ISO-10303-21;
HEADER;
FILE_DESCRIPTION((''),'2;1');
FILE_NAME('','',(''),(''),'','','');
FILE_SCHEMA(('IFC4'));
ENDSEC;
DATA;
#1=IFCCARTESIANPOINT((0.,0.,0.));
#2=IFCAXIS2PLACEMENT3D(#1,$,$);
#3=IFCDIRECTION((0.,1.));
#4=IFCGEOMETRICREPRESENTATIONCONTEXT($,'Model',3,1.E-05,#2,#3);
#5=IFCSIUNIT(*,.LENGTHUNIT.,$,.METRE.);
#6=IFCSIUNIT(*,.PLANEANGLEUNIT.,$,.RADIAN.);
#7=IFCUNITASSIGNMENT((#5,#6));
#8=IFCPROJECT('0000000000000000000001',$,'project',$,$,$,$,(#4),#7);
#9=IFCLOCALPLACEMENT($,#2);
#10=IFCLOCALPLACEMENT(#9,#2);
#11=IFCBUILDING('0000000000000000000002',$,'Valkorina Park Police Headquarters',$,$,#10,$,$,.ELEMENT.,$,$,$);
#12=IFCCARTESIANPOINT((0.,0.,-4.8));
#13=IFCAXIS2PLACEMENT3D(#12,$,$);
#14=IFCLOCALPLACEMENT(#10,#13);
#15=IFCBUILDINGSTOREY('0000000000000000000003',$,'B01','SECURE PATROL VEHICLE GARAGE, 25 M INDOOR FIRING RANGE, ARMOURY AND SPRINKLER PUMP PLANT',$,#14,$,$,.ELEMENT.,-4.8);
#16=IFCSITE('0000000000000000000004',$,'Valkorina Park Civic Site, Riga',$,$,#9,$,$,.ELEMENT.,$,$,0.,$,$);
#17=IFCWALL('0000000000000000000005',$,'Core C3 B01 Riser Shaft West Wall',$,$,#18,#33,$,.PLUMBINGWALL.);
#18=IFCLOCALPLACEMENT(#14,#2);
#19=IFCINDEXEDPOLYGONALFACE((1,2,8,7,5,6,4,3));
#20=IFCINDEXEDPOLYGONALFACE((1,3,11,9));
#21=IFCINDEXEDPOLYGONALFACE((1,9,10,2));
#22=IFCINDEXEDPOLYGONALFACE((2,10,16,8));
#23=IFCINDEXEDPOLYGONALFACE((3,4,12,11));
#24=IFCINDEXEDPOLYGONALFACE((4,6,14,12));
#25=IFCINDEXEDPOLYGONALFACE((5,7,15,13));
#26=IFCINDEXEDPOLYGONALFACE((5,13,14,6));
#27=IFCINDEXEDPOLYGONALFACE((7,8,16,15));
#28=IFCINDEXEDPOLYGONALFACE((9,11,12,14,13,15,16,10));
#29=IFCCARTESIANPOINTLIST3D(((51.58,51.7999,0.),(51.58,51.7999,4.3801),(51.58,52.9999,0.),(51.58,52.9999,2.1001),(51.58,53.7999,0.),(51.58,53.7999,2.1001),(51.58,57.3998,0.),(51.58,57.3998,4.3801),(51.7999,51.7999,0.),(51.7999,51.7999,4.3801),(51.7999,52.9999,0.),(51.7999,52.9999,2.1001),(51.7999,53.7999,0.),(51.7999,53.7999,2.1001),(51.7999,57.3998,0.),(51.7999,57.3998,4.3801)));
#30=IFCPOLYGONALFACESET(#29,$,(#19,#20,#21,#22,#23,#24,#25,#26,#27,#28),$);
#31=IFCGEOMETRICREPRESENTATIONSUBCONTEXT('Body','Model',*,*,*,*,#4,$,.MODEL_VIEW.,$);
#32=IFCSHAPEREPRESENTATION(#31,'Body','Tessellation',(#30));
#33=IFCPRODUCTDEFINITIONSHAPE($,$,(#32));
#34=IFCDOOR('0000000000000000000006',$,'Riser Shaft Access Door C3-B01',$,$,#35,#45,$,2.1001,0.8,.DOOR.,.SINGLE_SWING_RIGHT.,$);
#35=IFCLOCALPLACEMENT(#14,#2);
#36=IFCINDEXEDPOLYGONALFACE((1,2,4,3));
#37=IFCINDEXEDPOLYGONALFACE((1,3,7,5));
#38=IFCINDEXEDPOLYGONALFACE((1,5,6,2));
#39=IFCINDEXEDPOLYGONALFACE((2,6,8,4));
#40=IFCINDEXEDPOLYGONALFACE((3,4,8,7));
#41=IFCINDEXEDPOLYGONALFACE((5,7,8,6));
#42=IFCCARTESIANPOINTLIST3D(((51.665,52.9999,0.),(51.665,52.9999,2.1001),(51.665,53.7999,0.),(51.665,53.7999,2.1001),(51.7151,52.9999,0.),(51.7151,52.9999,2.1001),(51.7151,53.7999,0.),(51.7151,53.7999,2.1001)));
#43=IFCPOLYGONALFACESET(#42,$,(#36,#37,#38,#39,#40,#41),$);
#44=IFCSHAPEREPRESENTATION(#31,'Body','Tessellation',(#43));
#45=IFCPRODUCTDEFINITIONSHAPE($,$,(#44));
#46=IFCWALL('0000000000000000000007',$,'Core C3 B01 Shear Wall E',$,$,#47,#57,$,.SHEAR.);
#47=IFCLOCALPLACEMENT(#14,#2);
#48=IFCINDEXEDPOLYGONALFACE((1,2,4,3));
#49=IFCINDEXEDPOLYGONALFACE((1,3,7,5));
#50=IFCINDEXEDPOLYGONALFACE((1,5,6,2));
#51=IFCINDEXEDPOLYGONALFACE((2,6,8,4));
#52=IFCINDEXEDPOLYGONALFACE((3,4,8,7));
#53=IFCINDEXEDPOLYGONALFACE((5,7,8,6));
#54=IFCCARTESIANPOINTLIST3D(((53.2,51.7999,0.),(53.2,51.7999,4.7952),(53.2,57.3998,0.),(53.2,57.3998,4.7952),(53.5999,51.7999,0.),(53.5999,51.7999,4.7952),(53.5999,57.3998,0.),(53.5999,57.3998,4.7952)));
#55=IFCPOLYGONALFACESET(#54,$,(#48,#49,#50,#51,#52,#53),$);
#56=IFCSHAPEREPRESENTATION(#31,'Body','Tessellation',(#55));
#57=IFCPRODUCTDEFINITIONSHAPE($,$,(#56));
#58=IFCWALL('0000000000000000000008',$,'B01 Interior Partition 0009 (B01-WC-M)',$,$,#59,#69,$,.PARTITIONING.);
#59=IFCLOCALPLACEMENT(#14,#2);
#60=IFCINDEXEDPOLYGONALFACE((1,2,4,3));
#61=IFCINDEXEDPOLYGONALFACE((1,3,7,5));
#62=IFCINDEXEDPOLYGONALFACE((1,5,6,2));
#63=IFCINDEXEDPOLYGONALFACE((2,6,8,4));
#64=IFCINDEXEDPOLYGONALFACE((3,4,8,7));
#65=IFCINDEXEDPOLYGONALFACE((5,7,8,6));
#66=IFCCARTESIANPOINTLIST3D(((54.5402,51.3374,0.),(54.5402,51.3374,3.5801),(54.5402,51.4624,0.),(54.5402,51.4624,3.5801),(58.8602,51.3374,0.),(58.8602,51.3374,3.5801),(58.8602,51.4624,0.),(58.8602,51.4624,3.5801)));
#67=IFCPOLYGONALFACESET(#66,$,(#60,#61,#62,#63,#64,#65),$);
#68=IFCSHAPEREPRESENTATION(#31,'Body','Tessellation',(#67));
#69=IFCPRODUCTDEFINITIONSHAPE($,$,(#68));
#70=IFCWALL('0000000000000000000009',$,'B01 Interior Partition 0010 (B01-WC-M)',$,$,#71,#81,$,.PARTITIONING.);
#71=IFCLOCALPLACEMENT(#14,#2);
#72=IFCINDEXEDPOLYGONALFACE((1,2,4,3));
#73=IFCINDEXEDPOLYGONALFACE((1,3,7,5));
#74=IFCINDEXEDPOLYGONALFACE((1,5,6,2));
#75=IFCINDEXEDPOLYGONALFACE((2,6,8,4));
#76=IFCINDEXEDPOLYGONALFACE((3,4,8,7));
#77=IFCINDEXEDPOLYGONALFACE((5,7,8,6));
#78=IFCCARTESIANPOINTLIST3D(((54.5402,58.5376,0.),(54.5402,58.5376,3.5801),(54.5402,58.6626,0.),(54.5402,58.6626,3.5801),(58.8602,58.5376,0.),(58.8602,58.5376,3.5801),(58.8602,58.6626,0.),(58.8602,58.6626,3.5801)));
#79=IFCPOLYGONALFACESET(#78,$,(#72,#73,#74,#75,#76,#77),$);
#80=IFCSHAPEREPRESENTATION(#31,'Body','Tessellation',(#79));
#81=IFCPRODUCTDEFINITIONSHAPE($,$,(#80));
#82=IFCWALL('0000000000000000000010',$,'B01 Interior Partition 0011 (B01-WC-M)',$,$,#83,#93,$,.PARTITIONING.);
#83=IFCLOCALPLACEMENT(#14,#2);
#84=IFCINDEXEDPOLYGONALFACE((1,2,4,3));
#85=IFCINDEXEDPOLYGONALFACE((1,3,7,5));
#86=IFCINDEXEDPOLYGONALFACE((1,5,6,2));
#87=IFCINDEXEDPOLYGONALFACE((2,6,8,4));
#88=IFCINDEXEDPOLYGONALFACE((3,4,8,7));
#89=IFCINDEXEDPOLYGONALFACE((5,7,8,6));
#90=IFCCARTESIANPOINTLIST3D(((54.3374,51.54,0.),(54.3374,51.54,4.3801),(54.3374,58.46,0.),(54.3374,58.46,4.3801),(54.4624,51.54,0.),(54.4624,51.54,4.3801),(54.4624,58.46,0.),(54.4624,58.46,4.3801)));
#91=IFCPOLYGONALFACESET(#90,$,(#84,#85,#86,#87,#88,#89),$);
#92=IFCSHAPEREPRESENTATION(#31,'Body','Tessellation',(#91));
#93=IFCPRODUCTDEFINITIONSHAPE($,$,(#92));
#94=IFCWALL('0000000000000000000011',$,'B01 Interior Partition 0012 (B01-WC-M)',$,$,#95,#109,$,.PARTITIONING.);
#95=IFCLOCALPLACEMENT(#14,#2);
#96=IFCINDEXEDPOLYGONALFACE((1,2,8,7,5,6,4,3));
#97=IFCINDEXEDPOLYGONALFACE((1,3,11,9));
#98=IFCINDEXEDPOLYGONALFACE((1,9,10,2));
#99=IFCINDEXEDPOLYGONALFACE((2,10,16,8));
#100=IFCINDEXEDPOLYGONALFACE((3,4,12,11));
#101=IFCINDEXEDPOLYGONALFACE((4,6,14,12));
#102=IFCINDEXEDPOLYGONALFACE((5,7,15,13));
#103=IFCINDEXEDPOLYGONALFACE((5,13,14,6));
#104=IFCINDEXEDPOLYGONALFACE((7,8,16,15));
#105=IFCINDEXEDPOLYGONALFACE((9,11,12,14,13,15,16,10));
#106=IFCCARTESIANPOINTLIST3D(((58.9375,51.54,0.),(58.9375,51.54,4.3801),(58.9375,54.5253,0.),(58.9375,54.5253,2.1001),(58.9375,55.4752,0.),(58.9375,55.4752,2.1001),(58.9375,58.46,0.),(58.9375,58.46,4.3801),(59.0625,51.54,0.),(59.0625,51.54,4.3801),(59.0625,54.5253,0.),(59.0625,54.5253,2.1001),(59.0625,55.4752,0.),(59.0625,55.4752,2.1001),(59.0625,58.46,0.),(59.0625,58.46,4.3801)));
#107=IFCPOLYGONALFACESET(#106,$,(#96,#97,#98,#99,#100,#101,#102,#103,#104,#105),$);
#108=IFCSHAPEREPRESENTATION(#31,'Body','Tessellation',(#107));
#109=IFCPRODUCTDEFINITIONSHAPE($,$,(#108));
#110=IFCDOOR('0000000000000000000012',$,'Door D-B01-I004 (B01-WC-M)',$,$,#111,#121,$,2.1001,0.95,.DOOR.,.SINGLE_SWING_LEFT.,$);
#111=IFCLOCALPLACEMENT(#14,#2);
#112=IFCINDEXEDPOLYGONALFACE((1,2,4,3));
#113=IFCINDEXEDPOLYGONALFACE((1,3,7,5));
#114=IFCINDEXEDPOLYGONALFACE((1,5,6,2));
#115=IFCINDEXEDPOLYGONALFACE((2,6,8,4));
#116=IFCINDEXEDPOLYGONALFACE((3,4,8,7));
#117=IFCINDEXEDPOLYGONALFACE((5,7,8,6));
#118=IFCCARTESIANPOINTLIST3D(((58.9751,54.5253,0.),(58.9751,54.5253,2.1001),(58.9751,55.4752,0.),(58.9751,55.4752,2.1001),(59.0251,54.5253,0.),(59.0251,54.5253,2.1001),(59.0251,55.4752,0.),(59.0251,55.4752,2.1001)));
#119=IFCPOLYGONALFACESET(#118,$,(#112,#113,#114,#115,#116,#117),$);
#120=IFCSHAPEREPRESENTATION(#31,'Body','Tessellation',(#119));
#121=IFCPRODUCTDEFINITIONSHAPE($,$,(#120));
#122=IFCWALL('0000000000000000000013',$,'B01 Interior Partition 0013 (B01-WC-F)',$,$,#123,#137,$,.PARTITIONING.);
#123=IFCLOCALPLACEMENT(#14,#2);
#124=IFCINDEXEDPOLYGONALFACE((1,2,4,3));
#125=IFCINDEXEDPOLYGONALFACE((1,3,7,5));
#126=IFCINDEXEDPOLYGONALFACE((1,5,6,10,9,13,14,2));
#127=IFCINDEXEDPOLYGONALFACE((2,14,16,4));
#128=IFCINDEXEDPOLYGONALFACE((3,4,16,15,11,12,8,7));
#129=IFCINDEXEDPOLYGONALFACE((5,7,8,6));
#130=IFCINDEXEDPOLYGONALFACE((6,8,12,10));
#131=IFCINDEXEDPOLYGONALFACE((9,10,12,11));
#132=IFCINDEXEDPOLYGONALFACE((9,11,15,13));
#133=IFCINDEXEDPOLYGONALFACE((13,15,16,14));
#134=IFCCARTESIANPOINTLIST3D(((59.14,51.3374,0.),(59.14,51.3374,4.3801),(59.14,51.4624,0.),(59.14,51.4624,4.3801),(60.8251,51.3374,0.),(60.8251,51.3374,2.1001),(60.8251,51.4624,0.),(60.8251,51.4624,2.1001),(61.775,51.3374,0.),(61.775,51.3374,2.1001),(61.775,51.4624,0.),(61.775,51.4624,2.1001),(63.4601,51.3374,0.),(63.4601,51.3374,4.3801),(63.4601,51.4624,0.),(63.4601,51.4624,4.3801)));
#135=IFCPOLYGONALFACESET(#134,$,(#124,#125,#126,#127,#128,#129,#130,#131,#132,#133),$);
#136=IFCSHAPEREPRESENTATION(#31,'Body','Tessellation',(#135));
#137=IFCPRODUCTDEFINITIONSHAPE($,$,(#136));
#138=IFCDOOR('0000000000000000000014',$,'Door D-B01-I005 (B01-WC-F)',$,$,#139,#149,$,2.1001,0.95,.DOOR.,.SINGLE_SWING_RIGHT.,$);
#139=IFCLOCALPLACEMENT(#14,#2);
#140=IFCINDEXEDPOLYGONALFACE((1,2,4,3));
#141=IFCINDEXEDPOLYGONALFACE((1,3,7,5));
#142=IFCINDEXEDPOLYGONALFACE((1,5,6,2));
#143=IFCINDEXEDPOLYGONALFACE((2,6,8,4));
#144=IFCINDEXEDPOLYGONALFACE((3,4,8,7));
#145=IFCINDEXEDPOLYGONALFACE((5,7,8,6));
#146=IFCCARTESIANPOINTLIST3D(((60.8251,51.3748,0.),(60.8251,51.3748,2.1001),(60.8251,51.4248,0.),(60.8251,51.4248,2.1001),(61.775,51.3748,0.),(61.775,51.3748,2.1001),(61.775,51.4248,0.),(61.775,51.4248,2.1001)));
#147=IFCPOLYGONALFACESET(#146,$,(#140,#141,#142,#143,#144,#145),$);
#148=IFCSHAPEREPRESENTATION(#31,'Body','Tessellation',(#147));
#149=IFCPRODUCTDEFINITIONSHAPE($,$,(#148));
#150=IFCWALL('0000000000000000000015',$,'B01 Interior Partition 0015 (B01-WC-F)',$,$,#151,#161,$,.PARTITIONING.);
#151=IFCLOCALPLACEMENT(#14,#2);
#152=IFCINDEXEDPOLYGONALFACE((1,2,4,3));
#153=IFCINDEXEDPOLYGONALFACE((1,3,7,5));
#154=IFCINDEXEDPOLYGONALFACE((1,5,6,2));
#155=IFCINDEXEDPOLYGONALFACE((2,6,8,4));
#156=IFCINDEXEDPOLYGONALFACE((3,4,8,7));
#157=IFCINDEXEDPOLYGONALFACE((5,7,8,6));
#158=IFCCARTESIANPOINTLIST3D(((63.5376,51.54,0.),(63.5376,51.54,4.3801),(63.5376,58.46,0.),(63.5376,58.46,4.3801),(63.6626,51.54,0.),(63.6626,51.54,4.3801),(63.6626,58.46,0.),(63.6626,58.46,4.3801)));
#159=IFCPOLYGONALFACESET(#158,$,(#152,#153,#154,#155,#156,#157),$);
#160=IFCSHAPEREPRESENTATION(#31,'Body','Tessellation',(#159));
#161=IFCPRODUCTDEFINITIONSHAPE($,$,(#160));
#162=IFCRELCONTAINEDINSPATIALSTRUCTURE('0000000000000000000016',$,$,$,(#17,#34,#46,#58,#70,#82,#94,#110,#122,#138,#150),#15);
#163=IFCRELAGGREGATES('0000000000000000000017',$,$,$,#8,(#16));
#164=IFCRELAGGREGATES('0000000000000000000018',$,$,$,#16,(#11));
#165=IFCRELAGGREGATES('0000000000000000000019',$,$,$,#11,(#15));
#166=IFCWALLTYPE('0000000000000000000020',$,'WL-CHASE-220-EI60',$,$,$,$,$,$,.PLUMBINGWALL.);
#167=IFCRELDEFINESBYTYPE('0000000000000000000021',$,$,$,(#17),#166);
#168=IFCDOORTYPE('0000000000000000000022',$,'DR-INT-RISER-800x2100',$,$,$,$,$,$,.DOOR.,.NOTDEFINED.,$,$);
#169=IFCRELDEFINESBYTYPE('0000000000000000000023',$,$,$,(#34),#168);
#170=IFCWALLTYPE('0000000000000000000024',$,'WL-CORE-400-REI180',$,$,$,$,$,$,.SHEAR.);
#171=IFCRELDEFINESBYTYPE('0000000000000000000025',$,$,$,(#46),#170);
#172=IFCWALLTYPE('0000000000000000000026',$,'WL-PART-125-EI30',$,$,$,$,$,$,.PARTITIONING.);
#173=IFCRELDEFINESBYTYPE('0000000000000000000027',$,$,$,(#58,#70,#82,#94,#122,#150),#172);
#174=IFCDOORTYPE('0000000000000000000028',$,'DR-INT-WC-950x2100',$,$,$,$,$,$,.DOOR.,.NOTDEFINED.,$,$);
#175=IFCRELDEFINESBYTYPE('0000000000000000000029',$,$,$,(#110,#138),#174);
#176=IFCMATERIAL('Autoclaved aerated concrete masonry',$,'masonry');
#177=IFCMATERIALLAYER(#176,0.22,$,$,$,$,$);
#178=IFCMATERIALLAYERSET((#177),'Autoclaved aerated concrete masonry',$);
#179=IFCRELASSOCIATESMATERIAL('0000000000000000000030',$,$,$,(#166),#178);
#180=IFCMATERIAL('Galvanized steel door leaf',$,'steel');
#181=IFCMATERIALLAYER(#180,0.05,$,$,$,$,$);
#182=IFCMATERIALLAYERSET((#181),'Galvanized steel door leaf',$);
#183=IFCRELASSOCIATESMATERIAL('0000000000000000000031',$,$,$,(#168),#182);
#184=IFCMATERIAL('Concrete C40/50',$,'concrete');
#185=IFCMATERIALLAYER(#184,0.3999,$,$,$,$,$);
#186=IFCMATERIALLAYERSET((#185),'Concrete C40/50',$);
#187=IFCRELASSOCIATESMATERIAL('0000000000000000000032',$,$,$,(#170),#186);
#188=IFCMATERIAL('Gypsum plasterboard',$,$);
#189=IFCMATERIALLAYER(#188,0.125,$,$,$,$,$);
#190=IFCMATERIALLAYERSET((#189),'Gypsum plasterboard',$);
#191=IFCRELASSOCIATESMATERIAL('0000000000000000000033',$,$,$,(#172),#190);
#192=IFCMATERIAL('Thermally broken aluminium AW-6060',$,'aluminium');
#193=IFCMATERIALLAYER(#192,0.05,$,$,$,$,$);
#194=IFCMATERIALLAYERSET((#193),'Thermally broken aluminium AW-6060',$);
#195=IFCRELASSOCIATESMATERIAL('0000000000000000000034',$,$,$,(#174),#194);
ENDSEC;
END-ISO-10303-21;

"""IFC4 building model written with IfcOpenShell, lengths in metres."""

from ifc_helpers import new_model, si_unit, direction, frame, frame_2d, origin, place, context, subcontext, project, spatial, rectangle, extrude, material, layer, layer_set, type_object, element, fill, save


model = new_model("IFC4")

# Units and contexts
model_context = context("Model", 3, precision=1e-05, world=origin(), true_north=direction((0.0, 1.0)))
body_context = subcontext(model_context, "Body", "Model", "MODEL_VIEW")
ifc_project = project(units=[si_unit("LENGTHUNIT", "METRE"), si_unit("PLANEANGLEUNIT", "RADIAN")], contexts=[model_context])

# Site, building, storey
site_placement = place(None, origin())
site = spatial("IfcSite", under=ifc_project, at=site_placement, Name="Valkorina Park Civic Site, Riga", CompositionType="ELEMENT", RefElevation=0.0)
building_placement = place(site_placement, origin())
building = spatial("IfcBuilding", under=site, at=building_placement, Name="Valkorina Park Police Headquarters", CompositionType="ELEMENT")
storey_placement = place(building_placement, frame((0.0, 0.0, -4.8)))
storey = spatial("IfcBuildingStorey", under=building, at=storey_placement, Name="B01", Description="SECURE PATROL VEHICLE GARAGE, 25 M INDOOR FIRING RANGE, ARMOURY AND SPRINKLER PUMP PLANT", CompositionType="ELEMENT", Elevation=-4.8)

# Shared definitions
ifc_material_1 = material(Name="Concrete C40/50", Category="concrete")

# Wall, opening, door
ifc_material_2 = material(Name="Autoclaved aerated concrete masonry", Category="masonry")
ifc_layer_1 = layer(ifc_material_2, 0.22)
ifc_layer_set_1 = layer_set([ifc_layer_1], Name="Autoclaved aerated concrete masonry")
wall_type_1 = type_object("IfcWallType", Name="WL-CHASE-220-EI60", PredefinedType="PLUMBINGWALL", material=ifc_layer_set_1)
wall_1_placement = place(storey_placement, frame((51.6899, 51.8, 0.0), z_axis=(0.0, 0.0, 1.0), x_axis=(0.0, 1.0, 0.0)))
wall_1 = element("IfcWall", 1, at=wall_1_placement, inside=storey, type_object=wall_type_1, Name="Core C3 B01 Riser Shaft West Wall", PredefinedType="PLUMBINGWALL", context=body_context, shape_type="SweptSolid", body=[
    extrude(rectangle(XDim=5.5999, YDim=0.22, at=frame_2d((2.7998, 0.0))), origin(), (0.0, 0.0, 1.0), 4.3801),
])
opening_1_placement = place(wall_1_placement, frame((1.2, 0.0, 0.0)))
opening_1 = element("IfcOpeningElement", 2, at=opening_1_placement, cuts=wall_1, PredefinedType="OPENING", context=body_context, shape_type="SweptSolid", body=[
    extrude(rectangle(XDim=0.8, YDim=2.1001, at=frame_2d((0.3999, 1.05))), frame((0.0, 0.1201, 0.0), z_axis=(0.0, -1.0, 0.0), x_axis=(1.0, 0.0, 0.0)), (0.0, 0.0, 1.0), 0.24),
])
ifc_material_3 = material(Name="Galvanized steel door leaf", Category="steel")
ifc_layer_2 = layer(ifc_material_3, 0.05)
ifc_layer_set_2 = layer_set([ifc_layer_2], Name="Galvanized steel door leaf")
door_type_1 = type_object("IfcDoorType", Name="DR-INT-RISER-800x2100", OperationType="NOTDEFINED", PredefinedType="DOOR", material=ifc_layer_set_2)
door_1_placement = place(opening_1_placement, origin())
door_1 = element("IfcDoor", 3, at=door_1_placement, inside=storey, type_object=door_type_1, Name="Riser Shaft Access Door C3-B01", OperationType="SINGLE_SWING_RIGHT", OverallHeight=2.1001, OverallWidth=0.8, PredefinedType="DOOR", context=body_context, shape_type="SweptSolid", body=[
    extrude(rectangle(XDim=0.8, YDim=2.1001, at=frame_2d((0.3999, 1.05))), frame((0.0, 0.0249, 0.0), z_axis=(0.0, -1.0, 0.0), x_axis=(1.0, 0.0, 0.0)), (0.0, 0.0, 1.0), 0.05),
])
fill(opening_1, door_1)

# Walls
ifc_layer_3 = layer(ifc_material_1, 0.3999)
ifc_layer_set_3 = layer_set([ifc_layer_3], Name="Concrete C40/50")
wall_type_2 = type_object("IfcWallType", Name="WL-CORE-400-REI180", PredefinedType="SHEAR", material=ifc_layer_set_3)
wall_2_placement = place(storey_placement, frame((53.3999, 51.8, 0.0), z_axis=(0.0, 0.0, 1.0), x_axis=(0.0, 1.0, 0.0)))
element("IfcWall", 4, at=wall_2_placement, inside=storey, type_object=wall_type_2, Name="Core C3 B01 Shear Wall E", PredefinedType="SHEAR", context=body_context, shape_type="SweptSolid", body=[
    extrude(rectangle(XDim=5.5999, YDim=0.3999, at=frame_2d((2.7998, 0.0))), origin(), (0.0, 0.0, 1.0), 4.7952),
])
ifc_material_4 = material(Name="Gypsum plasterboard")
ifc_layer_4 = layer(ifc_material_4, 0.125)
ifc_layer_set_4 = layer_set([ifc_layer_4], Name="Gypsum plasterboard")
wall_type_3 = type_object("IfcWallType", Name="WL-PART-125-EI30", PredefinedType="PARTITIONING", material=ifc_layer_set_4)
for number, where, z_axis, x_axis, name in (
    (5, (54.54, 51.3999, 0.0), (0.0, 0.0, 1.0), (1.0, 0.0, 0.0), "B01 Interior Partition 0009 (B01-WC-M)"),
    (6, (54.54, 58.6001, 0.0), (0.0, 0.0, 1.0), (1.0, 0.0, 0.0), "B01 Interior Partition 0010 (B01-WC-M)"),
):
    element("IfcWall", number, at=place(storey_placement, frame(where, z_axis=z_axis, x_axis=x_axis)), inside=storey, type_object=wall_type_3, Name=name, PredefinedType="PARTITIONING", context=body_context, shape_type="SweptSolid", body=[
        extrude(rectangle(XDim=4.3201, YDim=0.125, at=frame_2d((2.1602, 0.0))), origin(), (0.0, 0.0, 1.0), 3.5801),
    ])
wall_3_placement = place(storey_placement, frame((54.3999, 51.54, 0.0), z_axis=(0.0, 0.0, 1.0), x_axis=(0.0, 1.0, 0.0)))
element("IfcWall", 7, at=wall_3_placement, inside=storey, type_object=wall_type_3, Name="B01 Interior Partition 0011 (B01-WC-M)", PredefinedType="PARTITIONING", context=body_context, shape_type="SweptSolid", body=[
    extrude(rectangle(XDim=6.9199, YDim=0.125, at=frame_2d((3.46, 0.0))), origin(), (0.0, 0.0, 1.0), 4.3801),
])

# Walls, openings, doors
wall_4_placement = place(storey_placement, frame((59.0, 51.54, 0.0), z_axis=(0.0, 0.0, 1.0), x_axis=(0.0, 1.0, 0.0)))
wall_4 = element("IfcWall", 8, at=wall_4_placement, inside=storey, type_object=wall_type_3, Name="B01 Interior Partition 0012 (B01-WC-M)", PredefinedType="PARTITIONING", context=body_context, shape_type="SweptSolid", body=[
    extrude(rectangle(XDim=6.9199, YDim=0.125, at=frame_2d((3.46, 0.0))), origin(), (0.0, 0.0, 1.0), 4.3801),
])
opening_2_placement = place(wall_4_placement, frame((2.9851, 0.0, 0.0)))
opening_2 = element("IfcOpeningElement", 9, at=opening_2_placement, cuts=wall_4, PredefinedType="OPENING", context=body_context, shape_type="SweptSolid", body=[
    extrude(rectangle(XDim=0.95, YDim=2.1001, at=frame_2d((0.4751, 1.05))), frame((0.0, 0.0725, 0.0), z_axis=(0.0, -1.0, 0.0), x_axis=(1.0, 0.0, 0.0)), (0.0, 0.0, 1.0), 0.145),
])
ifc_material_5 = material(Name="Thermally broken aluminium AW-6060", Category="aluminium")
ifc_layer_5 = layer(ifc_material_5, 0.05)
ifc_layer_set_5 = layer_set([ifc_layer_5], Name="Thermally broken aluminium AW-6060")
door_type_2 = type_object("IfcDoorType", Name="DR-INT-WC-950x2100", OperationType="NOTDEFINED", PredefinedType="DOOR", material=ifc_layer_set_5)
door_2_placement = place(opening_2_placement, origin())
door_2 = element("IfcDoor", 10, at=door_2_placement, inside=storey, type_object=door_type_2, Name="Door D-B01-I004 (B01-WC-M)", OperationType="SINGLE_SWING_LEFT", OverallHeight=2.1001, OverallWidth=0.95, PredefinedType="DOOR", context=body_context, shape_type="SweptSolid", body=[
    extrude(rectangle(XDim=0.95, YDim=2.1001, at=frame_2d((0.4751, 1.05))), frame((0.0, 0.0249, 0.0), z_axis=(0.0, -1.0, 0.0), x_axis=(1.0, 0.0, 0.0)), (0.0, 0.0, 1.0), 0.05),
])
fill(opening_2, door_2)
wall_5_placement = place(storey_placement, frame((59.1399, 51.3999, 0.0), z_axis=(0.0, 0.0, 1.0), x_axis=(1.0, 0.0, 0.0)))
wall_5 = element("IfcWall", 11, at=wall_5_placement, inside=storey, type_object=wall_type_3, Name="B01 Interior Partition 0013 (B01-WC-F)", PredefinedType="PARTITIONING", context=body_context, shape_type="SweptSolid", body=[
    extrude(rectangle(XDim=4.3201, YDim=0.125, at=frame_2d((2.1602, 0.0))), origin(), (0.0, 0.0, 1.0), 4.3801),
])
opening_3_placement = place(wall_5_placement, frame((1.6851, 0.0, 0.0)))
opening_3 = element("IfcOpeningElement", 12, at=opening_3_placement, cuts=wall_5, PredefinedType="OPENING", context=body_context, shape_type="SweptSolid", body=[
    extrude(rectangle(XDim=0.95, YDim=2.1001, at=frame_2d((0.4751, 1.05))), frame((0.0, 0.0725, 0.0), z_axis=(0.0, -1.0, 0.0), x_axis=(1.0, 0.0, 0.0)), (0.0, 0.0, 1.0), 0.145),
])
door_3_placement = place(opening_3_placement, origin())
door_3 = element("IfcDoor", 13, at=door_3_placement, inside=storey, type_object=door_type_2, Name="Door D-B01-I005 (B01-WC-F)", OperationType="SINGLE_SWING_RIGHT", OverallHeight=2.1001, OverallWidth=0.95, PredefinedType="DOOR", context=body_context, shape_type="SweptSolid", body=[
    extrude(rectangle(XDim=0.95, YDim=2.1001, at=frame_2d((0.4751, 1.05))), frame((0.0, 0.0249, 0.0), z_axis=(0.0, -1.0, 0.0), x_axis=(1.0, 0.0, 0.0)), (0.0, 0.0, 1.0), 0.05),
])
fill(opening_3, door_3)

# Wall
wall_6_placement = place(storey_placement, frame((63.6001, 51.54, 0.0), z_axis=(0.0, 0.0, 1.0), x_axis=(0.0, 1.0, 0.0)))
element("IfcWall", 14, at=wall_6_placement, inside=storey, type_object=wall_type_3, Name="B01 Interior Partition 0015 (B01-WC-F)", PredefinedType="PARTITIONING", context=body_context, shape_type="SweptSolid", body=[
    extrude(rectangle(XDim=6.9199, YDim=0.125, at=frame_2d((3.46, 0.0))), origin(), (0.0, 0.0, 1.0), 4.3801),
])

save(model, "model.ifc")
